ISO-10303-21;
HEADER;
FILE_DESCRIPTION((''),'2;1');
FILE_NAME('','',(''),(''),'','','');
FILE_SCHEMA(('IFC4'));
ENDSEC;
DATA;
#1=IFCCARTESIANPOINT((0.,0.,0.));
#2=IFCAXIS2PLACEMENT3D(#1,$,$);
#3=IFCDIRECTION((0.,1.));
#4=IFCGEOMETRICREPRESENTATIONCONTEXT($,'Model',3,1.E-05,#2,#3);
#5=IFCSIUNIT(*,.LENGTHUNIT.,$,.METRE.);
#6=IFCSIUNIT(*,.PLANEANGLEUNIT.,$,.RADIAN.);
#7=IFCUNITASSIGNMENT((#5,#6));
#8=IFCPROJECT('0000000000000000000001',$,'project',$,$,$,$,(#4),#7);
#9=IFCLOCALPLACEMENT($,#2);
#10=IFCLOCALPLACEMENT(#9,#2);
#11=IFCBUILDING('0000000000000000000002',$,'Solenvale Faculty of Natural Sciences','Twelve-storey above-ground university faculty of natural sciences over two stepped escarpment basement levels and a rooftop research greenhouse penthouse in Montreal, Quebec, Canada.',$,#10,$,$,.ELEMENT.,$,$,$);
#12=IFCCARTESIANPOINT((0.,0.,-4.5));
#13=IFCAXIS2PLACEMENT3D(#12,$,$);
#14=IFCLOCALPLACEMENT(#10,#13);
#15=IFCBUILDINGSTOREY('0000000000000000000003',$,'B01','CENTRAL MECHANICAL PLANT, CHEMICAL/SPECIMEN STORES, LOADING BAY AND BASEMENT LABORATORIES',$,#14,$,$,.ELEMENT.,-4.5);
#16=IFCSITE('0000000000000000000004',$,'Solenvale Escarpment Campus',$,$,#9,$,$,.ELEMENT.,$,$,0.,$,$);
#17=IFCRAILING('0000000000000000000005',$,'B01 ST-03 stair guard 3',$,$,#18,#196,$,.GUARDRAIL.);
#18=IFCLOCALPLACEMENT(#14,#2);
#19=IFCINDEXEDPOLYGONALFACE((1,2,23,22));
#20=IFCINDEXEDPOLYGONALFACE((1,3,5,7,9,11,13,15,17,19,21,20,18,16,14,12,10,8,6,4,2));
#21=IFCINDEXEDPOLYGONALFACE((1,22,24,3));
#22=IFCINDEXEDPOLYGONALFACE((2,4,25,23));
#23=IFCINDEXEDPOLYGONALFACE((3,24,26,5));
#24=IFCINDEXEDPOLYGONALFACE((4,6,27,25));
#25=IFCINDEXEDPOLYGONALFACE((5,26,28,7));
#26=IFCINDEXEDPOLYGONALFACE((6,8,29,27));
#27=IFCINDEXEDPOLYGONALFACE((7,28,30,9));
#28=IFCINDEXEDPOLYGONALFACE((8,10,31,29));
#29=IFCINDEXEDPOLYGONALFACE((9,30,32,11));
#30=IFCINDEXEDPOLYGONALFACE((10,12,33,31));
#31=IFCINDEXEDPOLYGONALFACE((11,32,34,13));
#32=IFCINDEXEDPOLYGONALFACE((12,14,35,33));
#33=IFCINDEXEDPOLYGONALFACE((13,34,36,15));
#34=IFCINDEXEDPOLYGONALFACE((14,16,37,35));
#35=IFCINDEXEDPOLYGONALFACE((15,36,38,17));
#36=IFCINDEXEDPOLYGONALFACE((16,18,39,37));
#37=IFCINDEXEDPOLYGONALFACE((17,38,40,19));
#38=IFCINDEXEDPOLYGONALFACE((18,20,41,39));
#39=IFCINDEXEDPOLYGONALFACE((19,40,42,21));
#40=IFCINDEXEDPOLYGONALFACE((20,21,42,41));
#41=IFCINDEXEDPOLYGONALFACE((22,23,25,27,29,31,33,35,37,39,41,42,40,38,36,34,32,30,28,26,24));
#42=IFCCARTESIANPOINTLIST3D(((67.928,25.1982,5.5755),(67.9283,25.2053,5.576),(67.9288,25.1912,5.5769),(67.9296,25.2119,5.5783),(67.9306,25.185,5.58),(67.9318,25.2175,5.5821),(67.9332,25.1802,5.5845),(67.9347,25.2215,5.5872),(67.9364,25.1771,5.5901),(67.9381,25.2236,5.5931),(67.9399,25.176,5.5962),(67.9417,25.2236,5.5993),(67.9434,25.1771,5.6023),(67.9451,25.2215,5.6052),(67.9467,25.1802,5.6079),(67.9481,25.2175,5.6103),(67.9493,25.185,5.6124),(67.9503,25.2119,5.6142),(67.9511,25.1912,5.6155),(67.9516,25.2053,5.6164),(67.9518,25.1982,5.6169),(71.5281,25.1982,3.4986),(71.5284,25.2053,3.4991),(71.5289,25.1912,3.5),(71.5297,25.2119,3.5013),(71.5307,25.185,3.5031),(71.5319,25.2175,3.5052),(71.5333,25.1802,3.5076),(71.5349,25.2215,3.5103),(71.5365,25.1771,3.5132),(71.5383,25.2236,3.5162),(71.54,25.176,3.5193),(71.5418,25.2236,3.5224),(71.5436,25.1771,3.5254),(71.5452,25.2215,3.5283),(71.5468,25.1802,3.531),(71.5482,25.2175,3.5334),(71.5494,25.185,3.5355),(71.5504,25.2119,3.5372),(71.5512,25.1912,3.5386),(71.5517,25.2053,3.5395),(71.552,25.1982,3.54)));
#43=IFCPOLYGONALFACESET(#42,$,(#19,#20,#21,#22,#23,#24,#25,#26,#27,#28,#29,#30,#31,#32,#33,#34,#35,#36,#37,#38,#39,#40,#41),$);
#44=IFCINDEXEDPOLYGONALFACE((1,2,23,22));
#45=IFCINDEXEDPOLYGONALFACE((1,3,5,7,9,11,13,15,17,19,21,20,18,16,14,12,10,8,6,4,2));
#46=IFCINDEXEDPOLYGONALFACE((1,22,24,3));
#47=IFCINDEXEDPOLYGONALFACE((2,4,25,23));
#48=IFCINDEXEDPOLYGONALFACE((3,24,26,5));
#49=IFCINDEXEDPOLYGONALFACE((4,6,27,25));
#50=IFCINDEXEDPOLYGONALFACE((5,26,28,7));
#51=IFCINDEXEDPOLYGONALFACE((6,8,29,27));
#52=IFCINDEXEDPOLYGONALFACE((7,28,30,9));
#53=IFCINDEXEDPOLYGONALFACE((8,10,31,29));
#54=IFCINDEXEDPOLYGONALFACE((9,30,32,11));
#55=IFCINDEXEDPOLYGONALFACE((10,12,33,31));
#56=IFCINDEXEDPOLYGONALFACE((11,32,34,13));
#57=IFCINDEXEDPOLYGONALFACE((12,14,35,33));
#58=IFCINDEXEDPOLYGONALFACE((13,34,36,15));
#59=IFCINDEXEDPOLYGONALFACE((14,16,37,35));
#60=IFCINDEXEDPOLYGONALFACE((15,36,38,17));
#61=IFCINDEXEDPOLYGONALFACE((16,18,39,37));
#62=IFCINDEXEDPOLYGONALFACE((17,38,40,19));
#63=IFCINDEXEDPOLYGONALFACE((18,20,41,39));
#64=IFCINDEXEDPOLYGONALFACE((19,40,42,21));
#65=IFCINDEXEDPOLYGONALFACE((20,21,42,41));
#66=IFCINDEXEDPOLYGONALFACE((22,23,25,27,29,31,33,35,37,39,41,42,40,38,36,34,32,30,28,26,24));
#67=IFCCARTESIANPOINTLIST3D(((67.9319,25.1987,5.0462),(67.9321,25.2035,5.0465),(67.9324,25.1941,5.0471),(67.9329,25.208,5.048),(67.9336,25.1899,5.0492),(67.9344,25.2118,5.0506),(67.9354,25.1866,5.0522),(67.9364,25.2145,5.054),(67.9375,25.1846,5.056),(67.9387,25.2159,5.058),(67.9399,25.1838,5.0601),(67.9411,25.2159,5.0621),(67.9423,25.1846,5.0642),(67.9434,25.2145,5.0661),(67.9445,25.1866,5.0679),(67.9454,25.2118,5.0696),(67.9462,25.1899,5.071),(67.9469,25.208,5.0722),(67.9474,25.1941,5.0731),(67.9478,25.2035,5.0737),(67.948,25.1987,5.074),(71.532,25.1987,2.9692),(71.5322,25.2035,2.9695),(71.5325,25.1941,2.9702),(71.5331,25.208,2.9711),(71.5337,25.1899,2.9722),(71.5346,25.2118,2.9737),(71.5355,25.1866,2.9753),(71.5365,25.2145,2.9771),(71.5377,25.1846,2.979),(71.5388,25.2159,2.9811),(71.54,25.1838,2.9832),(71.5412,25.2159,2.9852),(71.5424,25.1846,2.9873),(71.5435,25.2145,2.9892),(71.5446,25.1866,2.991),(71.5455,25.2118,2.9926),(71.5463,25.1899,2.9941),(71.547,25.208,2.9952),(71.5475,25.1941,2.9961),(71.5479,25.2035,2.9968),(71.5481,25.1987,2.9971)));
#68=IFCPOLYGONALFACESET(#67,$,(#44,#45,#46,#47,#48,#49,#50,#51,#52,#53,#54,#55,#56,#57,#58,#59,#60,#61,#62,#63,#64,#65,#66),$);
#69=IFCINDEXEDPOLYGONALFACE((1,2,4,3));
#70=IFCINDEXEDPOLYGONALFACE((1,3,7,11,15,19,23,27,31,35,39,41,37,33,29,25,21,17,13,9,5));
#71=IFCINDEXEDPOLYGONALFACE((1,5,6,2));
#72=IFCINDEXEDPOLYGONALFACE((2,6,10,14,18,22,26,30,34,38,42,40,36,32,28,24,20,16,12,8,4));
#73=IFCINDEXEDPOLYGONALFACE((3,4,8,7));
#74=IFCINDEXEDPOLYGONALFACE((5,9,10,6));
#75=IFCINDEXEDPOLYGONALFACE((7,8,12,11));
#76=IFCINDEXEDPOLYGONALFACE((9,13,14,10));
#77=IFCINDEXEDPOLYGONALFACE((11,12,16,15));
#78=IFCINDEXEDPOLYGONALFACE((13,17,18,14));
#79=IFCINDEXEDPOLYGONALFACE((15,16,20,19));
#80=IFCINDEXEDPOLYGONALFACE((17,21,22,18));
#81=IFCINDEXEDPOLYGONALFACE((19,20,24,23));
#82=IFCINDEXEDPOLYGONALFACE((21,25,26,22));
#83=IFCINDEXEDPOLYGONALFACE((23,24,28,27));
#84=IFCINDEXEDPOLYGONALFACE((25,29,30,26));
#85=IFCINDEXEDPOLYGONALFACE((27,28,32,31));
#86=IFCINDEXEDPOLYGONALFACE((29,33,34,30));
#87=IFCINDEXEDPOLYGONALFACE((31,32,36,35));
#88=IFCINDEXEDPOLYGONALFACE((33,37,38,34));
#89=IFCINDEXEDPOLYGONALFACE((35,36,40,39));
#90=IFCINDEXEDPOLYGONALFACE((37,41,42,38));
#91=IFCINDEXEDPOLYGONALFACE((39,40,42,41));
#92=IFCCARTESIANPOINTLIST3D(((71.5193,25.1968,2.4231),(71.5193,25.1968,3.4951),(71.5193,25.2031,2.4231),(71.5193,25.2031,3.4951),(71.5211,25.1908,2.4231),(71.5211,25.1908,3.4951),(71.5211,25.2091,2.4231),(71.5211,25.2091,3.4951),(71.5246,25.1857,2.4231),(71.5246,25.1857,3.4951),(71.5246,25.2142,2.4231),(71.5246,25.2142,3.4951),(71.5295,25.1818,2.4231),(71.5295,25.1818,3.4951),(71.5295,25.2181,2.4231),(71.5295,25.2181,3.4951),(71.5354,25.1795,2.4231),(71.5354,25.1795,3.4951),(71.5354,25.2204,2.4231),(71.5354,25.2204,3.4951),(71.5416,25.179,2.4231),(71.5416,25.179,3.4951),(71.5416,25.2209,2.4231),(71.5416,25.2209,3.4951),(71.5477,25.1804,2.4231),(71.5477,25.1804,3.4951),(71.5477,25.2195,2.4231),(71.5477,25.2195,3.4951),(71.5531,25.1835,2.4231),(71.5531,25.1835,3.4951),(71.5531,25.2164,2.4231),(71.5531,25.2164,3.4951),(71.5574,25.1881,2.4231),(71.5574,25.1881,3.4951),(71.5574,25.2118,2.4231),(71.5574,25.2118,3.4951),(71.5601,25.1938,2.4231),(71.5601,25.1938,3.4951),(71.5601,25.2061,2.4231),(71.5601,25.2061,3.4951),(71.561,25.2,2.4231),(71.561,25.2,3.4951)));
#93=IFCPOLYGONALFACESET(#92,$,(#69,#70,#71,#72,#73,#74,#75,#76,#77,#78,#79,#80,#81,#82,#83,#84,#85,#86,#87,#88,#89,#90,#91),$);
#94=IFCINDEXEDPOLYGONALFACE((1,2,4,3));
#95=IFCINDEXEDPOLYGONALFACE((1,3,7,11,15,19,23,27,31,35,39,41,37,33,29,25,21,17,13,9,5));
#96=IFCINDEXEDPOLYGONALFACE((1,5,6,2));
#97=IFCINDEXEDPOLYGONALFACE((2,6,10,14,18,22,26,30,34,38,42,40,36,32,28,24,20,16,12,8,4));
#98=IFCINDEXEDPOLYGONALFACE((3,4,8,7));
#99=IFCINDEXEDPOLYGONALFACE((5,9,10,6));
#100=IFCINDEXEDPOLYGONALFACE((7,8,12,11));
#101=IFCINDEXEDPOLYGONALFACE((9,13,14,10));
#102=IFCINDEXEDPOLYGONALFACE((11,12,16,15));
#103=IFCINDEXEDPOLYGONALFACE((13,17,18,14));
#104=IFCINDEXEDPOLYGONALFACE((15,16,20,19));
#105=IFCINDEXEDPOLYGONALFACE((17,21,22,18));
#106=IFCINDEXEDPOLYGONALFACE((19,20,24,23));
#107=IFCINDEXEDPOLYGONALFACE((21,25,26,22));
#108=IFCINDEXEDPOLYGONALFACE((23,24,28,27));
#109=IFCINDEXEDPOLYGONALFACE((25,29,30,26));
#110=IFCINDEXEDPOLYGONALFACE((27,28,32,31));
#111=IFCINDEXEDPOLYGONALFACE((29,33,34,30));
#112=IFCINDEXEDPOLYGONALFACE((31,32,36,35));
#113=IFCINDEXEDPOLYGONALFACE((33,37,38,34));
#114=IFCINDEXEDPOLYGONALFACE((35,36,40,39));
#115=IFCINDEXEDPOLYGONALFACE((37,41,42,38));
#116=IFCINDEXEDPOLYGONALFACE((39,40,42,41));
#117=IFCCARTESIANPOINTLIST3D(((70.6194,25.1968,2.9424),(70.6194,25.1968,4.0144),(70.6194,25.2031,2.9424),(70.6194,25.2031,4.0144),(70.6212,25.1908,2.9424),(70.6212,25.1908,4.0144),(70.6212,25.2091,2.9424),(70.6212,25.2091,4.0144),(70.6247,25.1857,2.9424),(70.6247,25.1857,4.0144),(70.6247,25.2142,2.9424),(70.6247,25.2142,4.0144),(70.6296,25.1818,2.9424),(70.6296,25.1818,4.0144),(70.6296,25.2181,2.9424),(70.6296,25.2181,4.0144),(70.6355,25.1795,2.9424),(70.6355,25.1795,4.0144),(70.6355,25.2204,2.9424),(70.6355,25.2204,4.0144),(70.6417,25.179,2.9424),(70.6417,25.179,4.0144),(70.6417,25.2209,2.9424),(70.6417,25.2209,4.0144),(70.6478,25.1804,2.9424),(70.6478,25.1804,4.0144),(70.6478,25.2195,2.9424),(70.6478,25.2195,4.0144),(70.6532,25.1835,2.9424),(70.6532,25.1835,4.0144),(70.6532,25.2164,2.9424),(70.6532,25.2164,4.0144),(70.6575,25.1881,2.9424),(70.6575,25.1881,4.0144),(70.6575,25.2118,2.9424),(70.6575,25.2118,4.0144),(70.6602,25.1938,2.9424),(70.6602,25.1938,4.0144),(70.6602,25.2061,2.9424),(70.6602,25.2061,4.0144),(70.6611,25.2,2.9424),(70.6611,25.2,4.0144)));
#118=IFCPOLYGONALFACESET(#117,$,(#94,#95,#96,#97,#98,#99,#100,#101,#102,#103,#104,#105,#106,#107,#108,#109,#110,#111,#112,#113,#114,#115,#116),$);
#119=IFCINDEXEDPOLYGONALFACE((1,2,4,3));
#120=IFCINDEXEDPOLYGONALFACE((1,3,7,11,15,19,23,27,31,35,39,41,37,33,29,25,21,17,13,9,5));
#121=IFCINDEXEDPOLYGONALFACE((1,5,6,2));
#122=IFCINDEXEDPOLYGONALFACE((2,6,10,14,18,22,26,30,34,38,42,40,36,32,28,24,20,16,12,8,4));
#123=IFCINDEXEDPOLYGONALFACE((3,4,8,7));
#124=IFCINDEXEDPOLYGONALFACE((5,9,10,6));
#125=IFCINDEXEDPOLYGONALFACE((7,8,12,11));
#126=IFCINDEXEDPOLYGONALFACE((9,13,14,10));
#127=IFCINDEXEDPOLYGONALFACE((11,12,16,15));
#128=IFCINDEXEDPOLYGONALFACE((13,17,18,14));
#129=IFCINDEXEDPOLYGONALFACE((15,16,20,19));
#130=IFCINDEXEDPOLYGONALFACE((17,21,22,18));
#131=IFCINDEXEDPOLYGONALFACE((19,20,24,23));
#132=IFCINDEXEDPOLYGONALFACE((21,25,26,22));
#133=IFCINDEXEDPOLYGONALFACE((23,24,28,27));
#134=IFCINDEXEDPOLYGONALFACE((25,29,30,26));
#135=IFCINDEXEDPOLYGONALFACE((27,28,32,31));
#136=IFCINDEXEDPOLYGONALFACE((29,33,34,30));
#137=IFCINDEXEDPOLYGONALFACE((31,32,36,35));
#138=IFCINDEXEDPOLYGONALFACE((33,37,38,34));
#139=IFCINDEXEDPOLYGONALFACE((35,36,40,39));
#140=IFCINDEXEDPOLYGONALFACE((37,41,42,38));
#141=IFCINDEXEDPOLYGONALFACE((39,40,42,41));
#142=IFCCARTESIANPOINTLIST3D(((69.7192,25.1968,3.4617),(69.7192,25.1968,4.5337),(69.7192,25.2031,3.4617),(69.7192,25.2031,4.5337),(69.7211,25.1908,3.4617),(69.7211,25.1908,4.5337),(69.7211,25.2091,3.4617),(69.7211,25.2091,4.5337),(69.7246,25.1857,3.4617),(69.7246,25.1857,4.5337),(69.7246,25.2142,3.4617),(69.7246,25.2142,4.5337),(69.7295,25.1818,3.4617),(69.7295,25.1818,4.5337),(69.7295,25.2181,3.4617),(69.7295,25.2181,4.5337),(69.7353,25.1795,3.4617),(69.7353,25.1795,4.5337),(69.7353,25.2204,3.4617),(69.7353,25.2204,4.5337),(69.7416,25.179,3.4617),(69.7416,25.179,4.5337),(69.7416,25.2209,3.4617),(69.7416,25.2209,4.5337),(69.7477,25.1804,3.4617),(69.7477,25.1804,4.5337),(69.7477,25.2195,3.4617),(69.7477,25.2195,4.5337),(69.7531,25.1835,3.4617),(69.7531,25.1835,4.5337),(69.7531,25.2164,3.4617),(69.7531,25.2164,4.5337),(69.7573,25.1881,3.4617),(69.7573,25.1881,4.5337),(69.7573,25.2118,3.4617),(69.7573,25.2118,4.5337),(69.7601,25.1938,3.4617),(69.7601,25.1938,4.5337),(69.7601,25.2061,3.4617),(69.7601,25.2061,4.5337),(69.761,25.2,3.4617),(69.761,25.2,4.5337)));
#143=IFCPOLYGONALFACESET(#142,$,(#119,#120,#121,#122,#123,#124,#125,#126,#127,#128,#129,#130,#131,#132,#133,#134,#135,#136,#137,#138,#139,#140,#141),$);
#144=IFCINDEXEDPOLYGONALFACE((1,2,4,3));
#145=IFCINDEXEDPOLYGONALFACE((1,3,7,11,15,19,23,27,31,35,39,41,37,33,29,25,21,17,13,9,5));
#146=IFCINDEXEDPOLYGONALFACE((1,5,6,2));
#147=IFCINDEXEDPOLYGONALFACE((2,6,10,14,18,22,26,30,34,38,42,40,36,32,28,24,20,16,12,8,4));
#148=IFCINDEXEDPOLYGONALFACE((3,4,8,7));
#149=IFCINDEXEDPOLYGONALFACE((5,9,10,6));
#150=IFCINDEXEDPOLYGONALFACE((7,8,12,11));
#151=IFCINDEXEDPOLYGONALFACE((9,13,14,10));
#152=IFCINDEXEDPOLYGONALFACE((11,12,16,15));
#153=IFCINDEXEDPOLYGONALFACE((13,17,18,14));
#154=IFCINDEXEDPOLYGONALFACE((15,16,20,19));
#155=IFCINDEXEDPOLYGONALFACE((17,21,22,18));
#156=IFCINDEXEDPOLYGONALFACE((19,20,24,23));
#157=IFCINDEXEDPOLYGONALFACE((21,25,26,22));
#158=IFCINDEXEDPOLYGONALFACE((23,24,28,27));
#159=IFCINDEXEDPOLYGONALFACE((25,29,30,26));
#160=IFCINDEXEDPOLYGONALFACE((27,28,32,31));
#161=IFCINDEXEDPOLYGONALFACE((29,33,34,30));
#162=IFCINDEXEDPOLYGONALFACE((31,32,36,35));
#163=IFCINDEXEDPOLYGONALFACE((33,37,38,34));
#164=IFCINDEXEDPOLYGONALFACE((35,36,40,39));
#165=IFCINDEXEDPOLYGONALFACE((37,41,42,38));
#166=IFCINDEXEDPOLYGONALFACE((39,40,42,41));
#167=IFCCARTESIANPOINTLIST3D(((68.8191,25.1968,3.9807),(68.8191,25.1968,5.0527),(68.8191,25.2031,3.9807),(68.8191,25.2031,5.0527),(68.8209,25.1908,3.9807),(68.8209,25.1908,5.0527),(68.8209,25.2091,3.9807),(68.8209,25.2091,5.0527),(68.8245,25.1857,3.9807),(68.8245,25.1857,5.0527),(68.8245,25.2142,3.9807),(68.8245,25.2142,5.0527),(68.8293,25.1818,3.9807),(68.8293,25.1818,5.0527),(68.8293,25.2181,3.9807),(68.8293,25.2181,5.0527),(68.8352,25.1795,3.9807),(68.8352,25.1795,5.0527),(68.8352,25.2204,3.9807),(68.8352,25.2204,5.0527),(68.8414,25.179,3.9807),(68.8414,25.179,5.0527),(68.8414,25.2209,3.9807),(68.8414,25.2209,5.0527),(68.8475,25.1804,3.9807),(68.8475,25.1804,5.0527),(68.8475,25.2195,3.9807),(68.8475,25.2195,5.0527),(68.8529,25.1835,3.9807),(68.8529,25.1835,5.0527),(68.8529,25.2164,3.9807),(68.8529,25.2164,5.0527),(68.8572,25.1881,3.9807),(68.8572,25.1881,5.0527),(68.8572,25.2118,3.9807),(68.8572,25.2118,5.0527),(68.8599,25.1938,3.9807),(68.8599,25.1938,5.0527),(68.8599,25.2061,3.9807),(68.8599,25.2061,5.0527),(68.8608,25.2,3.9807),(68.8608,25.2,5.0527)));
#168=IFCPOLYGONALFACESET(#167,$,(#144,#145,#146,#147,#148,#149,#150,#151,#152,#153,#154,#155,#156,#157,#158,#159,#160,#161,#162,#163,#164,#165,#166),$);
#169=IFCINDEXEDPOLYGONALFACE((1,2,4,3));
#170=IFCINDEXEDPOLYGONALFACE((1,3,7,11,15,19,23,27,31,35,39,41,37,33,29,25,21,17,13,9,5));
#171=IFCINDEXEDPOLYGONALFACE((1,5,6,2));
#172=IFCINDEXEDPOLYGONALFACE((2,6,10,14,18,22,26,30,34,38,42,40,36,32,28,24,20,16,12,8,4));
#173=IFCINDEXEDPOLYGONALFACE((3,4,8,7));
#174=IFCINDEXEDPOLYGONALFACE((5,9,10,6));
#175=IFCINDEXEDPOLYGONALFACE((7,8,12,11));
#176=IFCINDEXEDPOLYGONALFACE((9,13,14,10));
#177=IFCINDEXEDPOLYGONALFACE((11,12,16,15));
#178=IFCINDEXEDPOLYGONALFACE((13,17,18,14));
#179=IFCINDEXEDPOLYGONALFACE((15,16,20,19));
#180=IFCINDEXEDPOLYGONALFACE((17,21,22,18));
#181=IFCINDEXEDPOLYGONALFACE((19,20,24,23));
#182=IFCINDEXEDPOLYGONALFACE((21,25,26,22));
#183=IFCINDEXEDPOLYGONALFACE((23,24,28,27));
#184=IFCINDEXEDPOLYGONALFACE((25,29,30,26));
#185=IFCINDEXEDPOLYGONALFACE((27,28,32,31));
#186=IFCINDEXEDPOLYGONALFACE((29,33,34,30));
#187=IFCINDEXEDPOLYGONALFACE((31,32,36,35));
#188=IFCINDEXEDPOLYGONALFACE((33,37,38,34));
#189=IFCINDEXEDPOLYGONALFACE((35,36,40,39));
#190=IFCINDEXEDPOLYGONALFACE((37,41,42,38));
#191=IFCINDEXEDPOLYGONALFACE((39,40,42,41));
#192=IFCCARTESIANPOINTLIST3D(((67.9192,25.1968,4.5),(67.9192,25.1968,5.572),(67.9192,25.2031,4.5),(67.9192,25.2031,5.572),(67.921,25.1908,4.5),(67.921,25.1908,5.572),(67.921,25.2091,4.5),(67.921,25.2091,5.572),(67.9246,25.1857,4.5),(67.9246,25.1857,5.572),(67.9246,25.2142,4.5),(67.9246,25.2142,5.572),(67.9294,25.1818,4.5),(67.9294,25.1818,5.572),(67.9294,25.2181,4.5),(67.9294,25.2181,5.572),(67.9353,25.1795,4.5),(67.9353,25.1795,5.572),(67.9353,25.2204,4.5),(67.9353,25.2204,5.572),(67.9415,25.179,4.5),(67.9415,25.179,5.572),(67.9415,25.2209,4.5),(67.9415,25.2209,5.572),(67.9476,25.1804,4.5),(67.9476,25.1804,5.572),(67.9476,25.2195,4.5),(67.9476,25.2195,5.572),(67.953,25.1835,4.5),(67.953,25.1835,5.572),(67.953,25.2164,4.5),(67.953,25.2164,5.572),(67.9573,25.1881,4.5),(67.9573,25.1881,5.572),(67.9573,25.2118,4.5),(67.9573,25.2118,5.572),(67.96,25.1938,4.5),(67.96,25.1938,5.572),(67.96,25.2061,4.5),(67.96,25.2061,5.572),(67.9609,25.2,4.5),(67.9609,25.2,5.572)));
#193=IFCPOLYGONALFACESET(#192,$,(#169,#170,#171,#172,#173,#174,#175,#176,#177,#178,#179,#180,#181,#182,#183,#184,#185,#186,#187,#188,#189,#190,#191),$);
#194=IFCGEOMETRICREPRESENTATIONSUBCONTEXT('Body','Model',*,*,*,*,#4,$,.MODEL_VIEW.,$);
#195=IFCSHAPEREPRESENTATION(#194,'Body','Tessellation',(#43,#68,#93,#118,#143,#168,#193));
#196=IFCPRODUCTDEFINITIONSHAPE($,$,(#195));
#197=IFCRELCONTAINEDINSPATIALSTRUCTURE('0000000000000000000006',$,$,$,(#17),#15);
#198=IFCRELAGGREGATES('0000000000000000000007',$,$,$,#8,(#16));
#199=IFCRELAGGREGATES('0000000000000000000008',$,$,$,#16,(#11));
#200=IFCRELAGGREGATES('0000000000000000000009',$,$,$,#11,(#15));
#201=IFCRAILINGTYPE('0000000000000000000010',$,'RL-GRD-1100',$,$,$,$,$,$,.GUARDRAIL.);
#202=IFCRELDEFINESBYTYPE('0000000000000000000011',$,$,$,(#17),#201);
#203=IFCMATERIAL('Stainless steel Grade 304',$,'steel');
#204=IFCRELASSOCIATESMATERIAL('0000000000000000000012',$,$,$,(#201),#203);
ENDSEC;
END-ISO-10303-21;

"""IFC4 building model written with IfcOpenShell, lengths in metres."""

from ifc_helpers import new_model, si_unit, direction, frame, origin, origin_2d, place, context, subcontext, project, spatial, circle, extrude, material, type_object, element, save


model = new_model("IFC4")

# Units and contexts
model_context = context("Model", 3, precision=1e-05, world=origin(), true_north=direction((0.0, 1.0)))
body_context = subcontext(model_context, "Body", "Model", "MODEL_VIEW")
ifc_project = project(units=[si_unit("LENGTHUNIT", "METRE"), si_unit("PLANEANGLEUNIT", "RADIAN")], contexts=[model_context])

# Site, building, storey
site_placement = place(None, origin())
site = spatial("IfcSite", under=ifc_project, at=site_placement, Name="Solenvale Escarpment Campus", CompositionType="ELEMENT", RefElevation=0.0)
building_placement = place(site_placement, origin())
building = spatial("IfcBuilding", under=site, at=building_placement, Name="Solenvale Faculty of Natural Sciences", Description="Twelve-storey above-ground university faculty of natural sciences over two stepped escarpment basement levels and a rooftop research greenhouse penthouse in Montreal, Quebec, Canada.", CompositionType="ELEMENT")
storey_placement = place(building_placement, frame((0.0, 0.0, -4.5)))
storey = spatial("IfcBuildingStorey", under=building, at=storey_placement, Name="B01", Description="CENTRAL MECHANICAL PLANT, CHEMICAL/SPECIMEN STORES, LOADING BAY AND BASEMENT LABORATORIES", CompositionType="ELEMENT", Elevation=-4.5)

# Shared definitions
ifc_material_1 = material(Name="Stainless steel Grade 304", Category="steel")

# Railing
railing_type_1 = type_object("IfcRailingType", Name="RL-GRD-1100", PredefinedType="GUARDRAIL", material=ifc_material_1)
railing_1_placement = place(storey_placement, frame((71.54, 25.2, 2.4231)))
element("IfcRailing", 1, at=railing_1_placement, inside=storey, type_object=railing_type_1, Name="B01 ST-03 stair guard 3", PredefinedType="GUARDRAIL", context=body_context, shape_type="SweptSolid", body=[
    extrude(circle(Radius=0.0239, at=origin_2d()), frame((0.0, 0.0, 1.0962), z_axis=(-0.866193, 0.0, 0.499709), x_axis=(0.0, -1.0, 0.0)), (0.0, 0.0, 1.0), 4.1562),
    extrude(circle(Radius=0.0161, at=origin_2d()), frame((0.0, 0.0, 0.5601), z_axis=(-0.866193, 0.0, 0.499709), x_axis=(0.0, -1.0, 0.0)), (0.0, 0.0, 1.0), 4.1562),
    extrude(circle(Radius=0.021, at=origin_2d()), origin(), (0.0, 0.0, 1.0), 1.072),
    extrude(circle(Radius=0.021, at=origin_2d()), frame((-0.8999, 0.0, 0.5193)), (0.0, 0.0, 1.0), 1.072),
    extrude(circle(Radius=0.021, at=origin_2d()), frame((-1.8, 0.0, 1.0386)), (0.0, 0.0, 1.0), 1.072),
    extrude(circle(Radius=0.021, at=origin_2d()), frame((-2.7002, 0.0, 1.5576)), (0.0, 0.0, 1.0), 1.072),
    extrude(circle(Radius=0.021, at=origin_2d()), frame((-3.6001, 0.0, 2.0769)), (0.0, 0.0, 1.0), 1.072),
])

save(model, "model.ifc")
